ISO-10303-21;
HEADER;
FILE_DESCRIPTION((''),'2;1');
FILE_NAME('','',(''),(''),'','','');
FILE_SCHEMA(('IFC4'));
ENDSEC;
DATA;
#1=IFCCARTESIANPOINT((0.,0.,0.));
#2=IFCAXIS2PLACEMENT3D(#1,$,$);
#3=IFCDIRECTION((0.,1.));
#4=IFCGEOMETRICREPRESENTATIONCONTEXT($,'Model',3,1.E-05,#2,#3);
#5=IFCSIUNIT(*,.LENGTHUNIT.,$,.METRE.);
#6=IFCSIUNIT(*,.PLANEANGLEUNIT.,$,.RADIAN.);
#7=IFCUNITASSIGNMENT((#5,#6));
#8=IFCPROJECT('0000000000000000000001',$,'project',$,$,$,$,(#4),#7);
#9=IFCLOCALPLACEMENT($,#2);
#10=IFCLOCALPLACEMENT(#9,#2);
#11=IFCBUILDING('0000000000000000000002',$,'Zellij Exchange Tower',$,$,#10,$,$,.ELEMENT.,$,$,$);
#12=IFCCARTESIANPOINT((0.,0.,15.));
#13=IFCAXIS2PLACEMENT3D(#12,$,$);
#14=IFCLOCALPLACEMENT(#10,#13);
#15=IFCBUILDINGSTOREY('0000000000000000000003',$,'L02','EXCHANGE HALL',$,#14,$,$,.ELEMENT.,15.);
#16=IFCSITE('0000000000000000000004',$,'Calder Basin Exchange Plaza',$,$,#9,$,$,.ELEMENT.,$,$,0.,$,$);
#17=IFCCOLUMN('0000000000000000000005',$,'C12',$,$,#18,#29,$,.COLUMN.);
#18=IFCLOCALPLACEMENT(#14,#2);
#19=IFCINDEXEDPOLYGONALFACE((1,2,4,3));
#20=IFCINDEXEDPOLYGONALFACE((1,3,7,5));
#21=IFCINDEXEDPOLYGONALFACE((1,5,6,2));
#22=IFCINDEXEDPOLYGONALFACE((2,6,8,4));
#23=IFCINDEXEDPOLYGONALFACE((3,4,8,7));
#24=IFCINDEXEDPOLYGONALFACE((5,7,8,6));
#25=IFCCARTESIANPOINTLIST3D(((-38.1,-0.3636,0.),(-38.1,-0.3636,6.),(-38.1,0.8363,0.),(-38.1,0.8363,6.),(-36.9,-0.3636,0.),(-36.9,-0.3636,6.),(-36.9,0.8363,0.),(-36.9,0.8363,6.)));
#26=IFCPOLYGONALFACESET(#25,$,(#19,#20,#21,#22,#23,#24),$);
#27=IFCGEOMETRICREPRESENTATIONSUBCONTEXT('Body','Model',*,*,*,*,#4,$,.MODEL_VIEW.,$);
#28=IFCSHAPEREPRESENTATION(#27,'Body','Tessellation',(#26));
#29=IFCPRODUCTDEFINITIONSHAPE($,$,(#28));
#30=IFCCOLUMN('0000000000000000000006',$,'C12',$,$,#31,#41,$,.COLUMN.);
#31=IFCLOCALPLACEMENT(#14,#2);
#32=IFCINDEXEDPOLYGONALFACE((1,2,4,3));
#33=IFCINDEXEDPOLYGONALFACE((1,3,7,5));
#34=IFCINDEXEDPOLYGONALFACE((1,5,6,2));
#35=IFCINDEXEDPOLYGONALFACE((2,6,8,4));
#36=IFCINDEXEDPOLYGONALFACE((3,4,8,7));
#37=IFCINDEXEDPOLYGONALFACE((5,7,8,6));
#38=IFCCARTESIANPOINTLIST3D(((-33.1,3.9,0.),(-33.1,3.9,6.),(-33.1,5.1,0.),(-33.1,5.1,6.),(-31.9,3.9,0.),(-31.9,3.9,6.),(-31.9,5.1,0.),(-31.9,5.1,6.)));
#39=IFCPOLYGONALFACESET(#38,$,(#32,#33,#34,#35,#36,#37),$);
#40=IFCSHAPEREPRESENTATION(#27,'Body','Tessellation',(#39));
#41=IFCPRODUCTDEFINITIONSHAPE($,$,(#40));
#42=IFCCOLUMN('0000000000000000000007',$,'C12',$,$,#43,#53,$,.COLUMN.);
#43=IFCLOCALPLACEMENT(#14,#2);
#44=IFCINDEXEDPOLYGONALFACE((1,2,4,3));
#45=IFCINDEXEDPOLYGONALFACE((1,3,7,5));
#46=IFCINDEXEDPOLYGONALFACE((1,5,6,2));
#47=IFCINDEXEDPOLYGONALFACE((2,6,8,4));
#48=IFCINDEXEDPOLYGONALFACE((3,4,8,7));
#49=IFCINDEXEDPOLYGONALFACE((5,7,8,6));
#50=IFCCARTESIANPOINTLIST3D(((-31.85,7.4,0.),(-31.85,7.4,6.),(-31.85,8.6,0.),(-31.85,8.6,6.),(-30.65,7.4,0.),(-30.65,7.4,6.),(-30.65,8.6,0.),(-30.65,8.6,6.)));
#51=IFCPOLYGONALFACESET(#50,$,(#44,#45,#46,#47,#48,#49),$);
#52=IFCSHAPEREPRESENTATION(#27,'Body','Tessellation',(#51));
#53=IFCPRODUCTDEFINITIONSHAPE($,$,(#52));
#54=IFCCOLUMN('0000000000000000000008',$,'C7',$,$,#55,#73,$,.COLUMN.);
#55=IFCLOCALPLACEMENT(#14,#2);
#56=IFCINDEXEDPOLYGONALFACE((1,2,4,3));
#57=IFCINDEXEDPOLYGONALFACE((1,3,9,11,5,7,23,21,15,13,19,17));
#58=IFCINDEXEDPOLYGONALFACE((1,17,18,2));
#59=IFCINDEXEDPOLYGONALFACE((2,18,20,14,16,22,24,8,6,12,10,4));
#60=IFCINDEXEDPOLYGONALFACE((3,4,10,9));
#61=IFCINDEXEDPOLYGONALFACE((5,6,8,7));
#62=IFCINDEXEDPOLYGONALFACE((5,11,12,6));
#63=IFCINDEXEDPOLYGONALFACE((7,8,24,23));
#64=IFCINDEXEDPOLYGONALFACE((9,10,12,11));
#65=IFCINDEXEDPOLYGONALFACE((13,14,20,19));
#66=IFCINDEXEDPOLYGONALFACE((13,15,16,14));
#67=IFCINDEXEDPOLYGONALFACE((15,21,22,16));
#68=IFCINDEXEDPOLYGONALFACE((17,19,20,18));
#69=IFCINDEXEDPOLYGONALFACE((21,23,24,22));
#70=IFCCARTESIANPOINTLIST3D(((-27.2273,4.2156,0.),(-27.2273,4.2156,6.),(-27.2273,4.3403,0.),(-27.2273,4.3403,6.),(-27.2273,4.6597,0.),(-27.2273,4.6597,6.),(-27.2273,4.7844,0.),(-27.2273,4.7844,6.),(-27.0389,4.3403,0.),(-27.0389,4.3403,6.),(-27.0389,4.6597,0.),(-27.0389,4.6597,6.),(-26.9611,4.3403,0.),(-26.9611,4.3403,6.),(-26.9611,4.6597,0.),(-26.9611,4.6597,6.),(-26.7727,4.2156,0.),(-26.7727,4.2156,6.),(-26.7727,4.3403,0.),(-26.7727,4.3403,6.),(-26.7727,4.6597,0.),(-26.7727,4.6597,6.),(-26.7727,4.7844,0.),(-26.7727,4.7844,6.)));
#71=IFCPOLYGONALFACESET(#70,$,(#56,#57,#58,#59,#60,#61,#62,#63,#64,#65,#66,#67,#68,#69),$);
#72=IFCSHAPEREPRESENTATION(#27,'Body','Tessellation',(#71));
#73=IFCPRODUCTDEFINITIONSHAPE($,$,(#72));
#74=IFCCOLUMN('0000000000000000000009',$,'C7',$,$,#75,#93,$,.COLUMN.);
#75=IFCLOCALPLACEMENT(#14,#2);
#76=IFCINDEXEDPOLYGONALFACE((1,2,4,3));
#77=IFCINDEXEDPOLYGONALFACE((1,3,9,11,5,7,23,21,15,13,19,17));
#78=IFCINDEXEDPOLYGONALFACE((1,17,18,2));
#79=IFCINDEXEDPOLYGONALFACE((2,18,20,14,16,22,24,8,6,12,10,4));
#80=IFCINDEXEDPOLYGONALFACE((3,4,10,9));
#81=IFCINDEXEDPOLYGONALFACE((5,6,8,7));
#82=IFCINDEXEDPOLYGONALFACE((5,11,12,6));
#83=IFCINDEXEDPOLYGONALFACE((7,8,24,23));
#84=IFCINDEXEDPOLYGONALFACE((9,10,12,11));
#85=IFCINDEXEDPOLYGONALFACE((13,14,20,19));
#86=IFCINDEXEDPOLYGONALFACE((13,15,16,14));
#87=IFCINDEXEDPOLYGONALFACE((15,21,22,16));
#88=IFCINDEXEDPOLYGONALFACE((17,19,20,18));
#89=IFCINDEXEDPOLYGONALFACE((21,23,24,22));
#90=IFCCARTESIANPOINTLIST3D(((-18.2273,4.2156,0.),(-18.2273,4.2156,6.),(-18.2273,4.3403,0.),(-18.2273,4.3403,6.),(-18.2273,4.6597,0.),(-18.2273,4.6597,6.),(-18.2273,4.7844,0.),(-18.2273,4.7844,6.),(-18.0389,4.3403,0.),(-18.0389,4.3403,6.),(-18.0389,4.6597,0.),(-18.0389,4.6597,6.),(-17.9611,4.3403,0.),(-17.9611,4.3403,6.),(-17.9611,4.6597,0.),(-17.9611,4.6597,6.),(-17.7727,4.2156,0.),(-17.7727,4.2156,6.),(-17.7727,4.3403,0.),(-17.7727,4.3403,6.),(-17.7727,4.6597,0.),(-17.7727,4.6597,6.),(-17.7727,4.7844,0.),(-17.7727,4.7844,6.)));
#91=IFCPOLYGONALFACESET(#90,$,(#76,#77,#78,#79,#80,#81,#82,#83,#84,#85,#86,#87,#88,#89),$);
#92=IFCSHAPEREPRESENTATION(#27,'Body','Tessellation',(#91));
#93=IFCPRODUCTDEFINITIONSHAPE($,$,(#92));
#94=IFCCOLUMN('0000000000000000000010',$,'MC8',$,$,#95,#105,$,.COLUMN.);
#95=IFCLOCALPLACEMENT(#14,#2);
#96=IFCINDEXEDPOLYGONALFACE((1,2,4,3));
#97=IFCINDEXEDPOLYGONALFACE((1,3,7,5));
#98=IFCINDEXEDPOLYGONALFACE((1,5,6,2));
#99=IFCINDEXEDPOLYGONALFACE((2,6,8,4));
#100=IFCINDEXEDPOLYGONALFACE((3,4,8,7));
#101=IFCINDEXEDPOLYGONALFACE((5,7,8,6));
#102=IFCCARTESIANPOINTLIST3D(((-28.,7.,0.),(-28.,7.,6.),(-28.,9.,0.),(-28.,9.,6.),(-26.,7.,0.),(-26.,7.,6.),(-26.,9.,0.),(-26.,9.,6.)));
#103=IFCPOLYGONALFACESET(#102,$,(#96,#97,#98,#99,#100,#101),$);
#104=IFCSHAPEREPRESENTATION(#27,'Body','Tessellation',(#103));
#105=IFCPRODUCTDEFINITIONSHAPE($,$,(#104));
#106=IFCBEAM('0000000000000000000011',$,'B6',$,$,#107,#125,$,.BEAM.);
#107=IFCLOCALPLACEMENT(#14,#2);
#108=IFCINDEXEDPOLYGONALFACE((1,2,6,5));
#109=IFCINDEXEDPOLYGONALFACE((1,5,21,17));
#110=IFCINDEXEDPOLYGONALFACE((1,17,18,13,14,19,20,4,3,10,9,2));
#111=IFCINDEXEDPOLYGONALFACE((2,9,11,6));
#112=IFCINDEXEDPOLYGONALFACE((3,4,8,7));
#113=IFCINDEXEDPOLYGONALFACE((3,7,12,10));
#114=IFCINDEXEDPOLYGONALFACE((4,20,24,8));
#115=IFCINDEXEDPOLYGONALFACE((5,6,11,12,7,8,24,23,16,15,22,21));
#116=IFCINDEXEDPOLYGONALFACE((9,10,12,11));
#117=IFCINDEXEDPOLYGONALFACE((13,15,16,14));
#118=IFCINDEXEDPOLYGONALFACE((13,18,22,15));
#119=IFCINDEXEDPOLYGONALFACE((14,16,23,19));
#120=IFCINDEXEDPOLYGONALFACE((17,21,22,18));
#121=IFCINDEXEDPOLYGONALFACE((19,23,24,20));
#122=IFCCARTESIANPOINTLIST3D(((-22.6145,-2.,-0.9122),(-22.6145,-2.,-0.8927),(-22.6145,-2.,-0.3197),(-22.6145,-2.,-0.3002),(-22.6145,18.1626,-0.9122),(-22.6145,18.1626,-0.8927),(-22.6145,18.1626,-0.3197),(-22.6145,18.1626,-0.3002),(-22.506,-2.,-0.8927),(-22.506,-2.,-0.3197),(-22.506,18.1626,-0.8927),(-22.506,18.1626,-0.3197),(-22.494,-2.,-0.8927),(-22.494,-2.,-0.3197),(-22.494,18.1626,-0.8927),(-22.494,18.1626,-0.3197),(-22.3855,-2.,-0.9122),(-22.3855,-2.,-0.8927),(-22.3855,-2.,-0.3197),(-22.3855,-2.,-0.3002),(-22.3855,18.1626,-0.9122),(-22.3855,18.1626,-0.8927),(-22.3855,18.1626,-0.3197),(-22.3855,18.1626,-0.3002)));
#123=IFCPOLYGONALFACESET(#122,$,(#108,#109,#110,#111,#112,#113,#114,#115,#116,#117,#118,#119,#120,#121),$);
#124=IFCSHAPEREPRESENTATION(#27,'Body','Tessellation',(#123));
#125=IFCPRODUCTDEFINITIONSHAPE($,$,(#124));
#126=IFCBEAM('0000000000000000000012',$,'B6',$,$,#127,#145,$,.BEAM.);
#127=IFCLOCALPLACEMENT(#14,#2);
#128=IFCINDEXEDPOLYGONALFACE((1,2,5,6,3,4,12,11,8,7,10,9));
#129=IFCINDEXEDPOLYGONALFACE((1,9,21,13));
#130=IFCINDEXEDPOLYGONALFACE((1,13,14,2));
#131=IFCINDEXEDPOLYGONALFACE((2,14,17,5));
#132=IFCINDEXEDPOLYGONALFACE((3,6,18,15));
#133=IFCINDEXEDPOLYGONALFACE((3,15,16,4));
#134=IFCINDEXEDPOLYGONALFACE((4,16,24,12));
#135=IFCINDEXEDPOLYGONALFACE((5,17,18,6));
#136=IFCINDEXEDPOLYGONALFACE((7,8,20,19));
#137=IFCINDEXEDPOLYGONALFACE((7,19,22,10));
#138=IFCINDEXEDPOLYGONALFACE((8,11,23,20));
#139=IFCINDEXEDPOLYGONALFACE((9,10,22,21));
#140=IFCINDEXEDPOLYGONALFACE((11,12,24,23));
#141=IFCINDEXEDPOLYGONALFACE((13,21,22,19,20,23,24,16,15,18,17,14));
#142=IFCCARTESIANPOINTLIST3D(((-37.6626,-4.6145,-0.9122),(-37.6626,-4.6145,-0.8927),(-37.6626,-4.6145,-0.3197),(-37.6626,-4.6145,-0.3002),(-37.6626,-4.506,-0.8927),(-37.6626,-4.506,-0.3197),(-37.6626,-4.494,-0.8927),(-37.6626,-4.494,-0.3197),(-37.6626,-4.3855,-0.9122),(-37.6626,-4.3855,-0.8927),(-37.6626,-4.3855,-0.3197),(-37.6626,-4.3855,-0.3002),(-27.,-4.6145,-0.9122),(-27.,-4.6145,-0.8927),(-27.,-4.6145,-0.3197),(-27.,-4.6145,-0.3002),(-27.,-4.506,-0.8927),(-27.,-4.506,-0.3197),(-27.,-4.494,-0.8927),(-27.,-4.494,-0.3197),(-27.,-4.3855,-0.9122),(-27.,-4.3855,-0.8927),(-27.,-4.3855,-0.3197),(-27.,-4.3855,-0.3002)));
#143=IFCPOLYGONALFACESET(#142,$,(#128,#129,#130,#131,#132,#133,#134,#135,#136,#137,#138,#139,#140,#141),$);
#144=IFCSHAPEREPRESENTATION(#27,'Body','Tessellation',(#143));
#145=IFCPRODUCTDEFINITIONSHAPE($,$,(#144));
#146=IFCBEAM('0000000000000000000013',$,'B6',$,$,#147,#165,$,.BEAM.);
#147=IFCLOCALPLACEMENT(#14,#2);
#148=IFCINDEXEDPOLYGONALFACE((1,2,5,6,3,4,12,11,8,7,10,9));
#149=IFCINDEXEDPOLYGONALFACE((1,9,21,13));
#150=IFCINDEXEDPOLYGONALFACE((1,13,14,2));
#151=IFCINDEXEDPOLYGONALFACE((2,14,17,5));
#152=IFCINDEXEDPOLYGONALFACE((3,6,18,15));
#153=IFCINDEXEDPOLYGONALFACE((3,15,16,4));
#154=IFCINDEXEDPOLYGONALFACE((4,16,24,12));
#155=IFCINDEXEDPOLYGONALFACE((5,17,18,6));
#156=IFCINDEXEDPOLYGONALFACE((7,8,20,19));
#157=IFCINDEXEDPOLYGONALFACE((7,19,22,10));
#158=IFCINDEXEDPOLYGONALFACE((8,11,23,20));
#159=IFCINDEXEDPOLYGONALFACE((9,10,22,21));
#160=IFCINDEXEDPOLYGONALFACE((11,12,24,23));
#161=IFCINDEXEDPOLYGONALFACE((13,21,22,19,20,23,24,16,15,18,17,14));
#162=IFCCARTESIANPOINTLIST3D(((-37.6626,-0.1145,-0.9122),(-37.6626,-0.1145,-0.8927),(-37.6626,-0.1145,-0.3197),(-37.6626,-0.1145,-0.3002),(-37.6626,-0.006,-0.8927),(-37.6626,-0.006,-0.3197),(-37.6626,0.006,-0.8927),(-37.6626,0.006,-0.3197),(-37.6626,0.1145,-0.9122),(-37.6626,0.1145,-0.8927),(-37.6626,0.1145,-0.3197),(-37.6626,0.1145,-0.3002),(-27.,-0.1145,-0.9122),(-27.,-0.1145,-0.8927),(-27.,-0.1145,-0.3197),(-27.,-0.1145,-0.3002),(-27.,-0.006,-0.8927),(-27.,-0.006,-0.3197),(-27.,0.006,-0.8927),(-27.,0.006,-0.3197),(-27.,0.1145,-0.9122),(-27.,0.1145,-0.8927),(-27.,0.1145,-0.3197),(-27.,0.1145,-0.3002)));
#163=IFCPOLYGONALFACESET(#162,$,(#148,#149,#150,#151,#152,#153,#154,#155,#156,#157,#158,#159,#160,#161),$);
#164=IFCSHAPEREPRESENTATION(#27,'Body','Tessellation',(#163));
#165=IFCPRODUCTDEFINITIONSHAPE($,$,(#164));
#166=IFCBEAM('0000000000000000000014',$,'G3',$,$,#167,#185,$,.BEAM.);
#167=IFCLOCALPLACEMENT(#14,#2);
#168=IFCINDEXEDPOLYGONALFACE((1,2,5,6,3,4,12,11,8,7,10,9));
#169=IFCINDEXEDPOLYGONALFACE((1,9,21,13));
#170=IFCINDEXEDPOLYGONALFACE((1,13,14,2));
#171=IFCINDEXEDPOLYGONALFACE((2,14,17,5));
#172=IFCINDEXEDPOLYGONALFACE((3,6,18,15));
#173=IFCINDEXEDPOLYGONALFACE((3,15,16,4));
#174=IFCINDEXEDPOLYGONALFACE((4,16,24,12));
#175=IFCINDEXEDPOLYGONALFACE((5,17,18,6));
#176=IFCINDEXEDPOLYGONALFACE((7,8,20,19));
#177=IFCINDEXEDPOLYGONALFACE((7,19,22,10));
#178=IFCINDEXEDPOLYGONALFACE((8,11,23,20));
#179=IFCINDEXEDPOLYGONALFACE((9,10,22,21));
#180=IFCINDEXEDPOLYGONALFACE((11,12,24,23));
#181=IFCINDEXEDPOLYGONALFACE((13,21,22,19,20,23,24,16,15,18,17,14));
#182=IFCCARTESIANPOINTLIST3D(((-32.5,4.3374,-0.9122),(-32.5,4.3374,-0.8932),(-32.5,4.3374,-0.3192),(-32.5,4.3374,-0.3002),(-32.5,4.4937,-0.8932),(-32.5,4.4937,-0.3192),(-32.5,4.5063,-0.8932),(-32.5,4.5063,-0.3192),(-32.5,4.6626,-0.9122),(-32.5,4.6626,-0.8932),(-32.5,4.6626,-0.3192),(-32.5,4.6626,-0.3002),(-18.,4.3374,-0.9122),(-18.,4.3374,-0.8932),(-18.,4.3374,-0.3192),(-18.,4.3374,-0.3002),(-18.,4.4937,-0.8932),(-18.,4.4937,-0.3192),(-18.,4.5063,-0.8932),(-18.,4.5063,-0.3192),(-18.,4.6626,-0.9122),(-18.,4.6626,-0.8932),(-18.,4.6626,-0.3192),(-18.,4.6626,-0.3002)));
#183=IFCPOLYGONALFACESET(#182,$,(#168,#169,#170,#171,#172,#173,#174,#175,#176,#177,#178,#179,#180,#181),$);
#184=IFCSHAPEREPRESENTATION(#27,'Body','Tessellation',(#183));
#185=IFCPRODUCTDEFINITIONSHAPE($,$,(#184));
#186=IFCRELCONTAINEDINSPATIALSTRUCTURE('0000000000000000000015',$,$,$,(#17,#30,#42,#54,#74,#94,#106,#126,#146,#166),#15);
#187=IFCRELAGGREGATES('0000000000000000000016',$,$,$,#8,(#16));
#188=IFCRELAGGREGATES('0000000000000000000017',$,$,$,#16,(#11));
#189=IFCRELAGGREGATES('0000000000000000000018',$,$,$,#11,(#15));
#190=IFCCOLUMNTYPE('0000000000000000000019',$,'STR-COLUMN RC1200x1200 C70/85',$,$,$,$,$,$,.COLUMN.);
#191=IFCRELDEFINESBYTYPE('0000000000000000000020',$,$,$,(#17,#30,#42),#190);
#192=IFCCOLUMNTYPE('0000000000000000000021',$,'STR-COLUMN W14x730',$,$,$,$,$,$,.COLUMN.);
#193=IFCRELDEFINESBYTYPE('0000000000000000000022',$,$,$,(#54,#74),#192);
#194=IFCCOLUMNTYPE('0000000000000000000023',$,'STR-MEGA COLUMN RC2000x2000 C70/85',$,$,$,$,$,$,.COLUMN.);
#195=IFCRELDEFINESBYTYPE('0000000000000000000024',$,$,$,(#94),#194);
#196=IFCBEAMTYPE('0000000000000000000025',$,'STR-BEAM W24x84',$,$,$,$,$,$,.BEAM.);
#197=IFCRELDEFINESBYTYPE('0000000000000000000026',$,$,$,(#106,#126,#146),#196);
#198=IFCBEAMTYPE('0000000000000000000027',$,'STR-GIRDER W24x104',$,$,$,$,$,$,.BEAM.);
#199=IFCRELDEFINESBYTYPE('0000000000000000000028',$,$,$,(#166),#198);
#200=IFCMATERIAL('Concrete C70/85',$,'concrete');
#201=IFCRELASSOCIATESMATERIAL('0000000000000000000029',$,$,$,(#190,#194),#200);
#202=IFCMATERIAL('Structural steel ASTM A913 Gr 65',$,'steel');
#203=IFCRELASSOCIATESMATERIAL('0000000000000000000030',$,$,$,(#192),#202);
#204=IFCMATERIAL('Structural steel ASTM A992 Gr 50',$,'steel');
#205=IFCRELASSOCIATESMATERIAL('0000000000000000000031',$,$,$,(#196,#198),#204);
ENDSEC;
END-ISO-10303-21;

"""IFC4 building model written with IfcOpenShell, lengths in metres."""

from ifc_helpers import new_model, si_unit, direction, frame, origin, origin_2d, place, context, subcontext, project, spatial, rectangle, i_section, extrude, material, material_profile, profile_set, type_object, element, save


model = new_model("IFC4")

# Units and contexts
model_context = context("Model", 3, precision=1e-05, world=origin(), true_north=direction((0.0, 1.0)))
body_context = subcontext(model_context, "Body", "Model", "MODEL_VIEW")
ifc_project = project(units=[si_unit("LENGTHUNIT", "METRE"), si_unit("PLANEANGLEUNIT", "RADIAN")], contexts=[model_context])

# Site, building, storey
site_placement = place(None, origin())
site = spatial("IfcSite", under=ifc_project, at=site_placement, Name="Calder Basin Exchange Plaza", CompositionType="ELEMENT", RefElevation=0.0)
building_placement = place(site_placement, origin())
building = spatial("IfcBuilding", under=site, at=building_placement, Name="Zellij Exchange Tower", CompositionType="ELEMENT")
storey_placement = place(building_placement, frame((0.0, 0.0, 15.0)))
storey = spatial("IfcBuildingStorey", under=building, at=storey_placement, Name="L02", Description="EXCHANGE HALL", CompositionType="ELEMENT", Elevation=15.0)

# Columns
ifc_material_1 = material(Name="Concrete C70/85", Category="concrete")
ifc_material_profile_1 = material_profile(ifc_material_1, rectangle(XDim=1.2, YDim=1.2, at=origin_2d()), Name="STR-COLUMN RC1200x1200 C70/85")
ifc_profile_set_1 = profile_set([ifc_material_profile_1], Name="Concrete C70/85")
column_type_1 = type_object("IfcColumnType", Name="STR-COLUMN RC1200x1200 C70/85", PredefinedType="COLUMN", material=ifc_profile_set_1)
for number, where, z_axis, x_axis, name in (
    (1, (-37.5, 0.2363, 0.0), (0.0, 0.0, 1.0), (1.0, 0.0, 0.0), "C12"),
    (2, (-32.5, 4.5, 0.0), (0.0, 0.0, 1.0), (1.0, 0.0, 0.0), "C12"),
    (3, (-31.25, 8.0, 0.0), (0.0, 0.0, 1.0), (1.0, 0.0, 0.0), "C12"),
):
    element("IfcColumn", number, at=place(storey_placement, frame(where, z_axis=z_axis, x_axis=x_axis)), inside=storey, type_object=column_type_1, Name=name, PredefinedType="COLUMN", context=body_context, shape_type="SweptSolid", body=[
        extrude(rectangle(XDim=1.2, YDim=1.2, at=origin_2d()), origin(), (0.0, 0.0, 1.0), 6.0),
    ])
ifc_material_2 = material(Name="Structural steel ASTM A913 Gr 65", Category="steel")
ifc_material_profile_2 = material_profile(ifc_material_2, i_section(OverallWidth=0.4546, OverallDepth=0.5688, WebThickness=0.0779, FlangeThickness=0.1248, at=origin_2d()), Name="W14x730")
ifc_profile_set_2 = profile_set([ifc_material_profile_2], Name="Structural steel ASTM A913 Gr 65")
column_type_2 = type_object("IfcColumnType", Name="STR-COLUMN W14x730", PredefinedType="COLUMN", material=ifc_profile_set_2)
for number, where, z_axis, x_axis, name in (
    (4, (-27.0, 4.5, 0.0), (0.0, 0.0, 1.0), (1.0, 0.0, 0.0), "C7"),
    (5, (-18.0, 4.5, 0.0), (0.0, 0.0, 1.0), (1.0, 0.0, 0.0), "C7"),
):
    element("IfcColumn", number, at=place(storey_placement, frame(where, z_axis=z_axis, x_axis=x_axis)), inside=storey, type_object=column_type_2, Name=name, PredefinedType="COLUMN", context=body_context, shape_type="SweptSolid", body=[
        extrude(i_section(OverallWidth=0.4546, OverallDepth=0.5688, WebThickness=0.0779, FlangeThickness=0.1248, at=origin_2d()), origin(), (0.0, 0.0, 1.0), 6.0),
    ])
ifc_material_profile_3 = material_profile(ifc_material_1, rectangle(XDim=2.0, YDim=2.0, at=origin_2d()), Name="STR-MEGA COLUMN RC2000x2000 C70/85")
ifc_profile_set_3 = profile_set([ifc_material_profile_3], Name="Concrete C70/85")
column_type_3 = type_object("IfcColumnType", Name="STR-MEGA COLUMN RC2000x2000 C70/85", PredefinedType="COLUMN", material=ifc_profile_set_3)
column_placement = place(storey_placement, frame((-27.0, 8.0, 0.0), z_axis=(0.0, 0.0, 1.0), x_axis=(1.0, 0.0, 0.0)))
element("IfcColumn", 6, at=column_placement, inside=storey, type_object=column_type_3, Name="MC8", PredefinedType="COLUMN", context=body_context, shape_type="SweptSolid", body=[
    extrude(rectangle(XDim=2.0, YDim=2.0, at=origin_2d()), origin(), (0.0, 0.0, 1.0), 6.0),
])

# Beams
ifc_material_3 = material(Name="Structural steel ASTM A992 Gr 50", Category="steel")
ifc_material_profile_4 = material_profile(ifc_material_3, i_section(OverallWidth=0.229, OverallDepth=0.6121, WebThickness=0.012, FlangeThickness=0.0195, at=origin_2d()), Name="W24x84")
ifc_profile_set_4 = profile_set([ifc_material_profile_4], Name="Structural steel ASTM A992 Gr 50")
beam_type_1 = type_object("IfcBeamType", Name="STR-BEAM W24x84", PredefinedType="BEAM", material=ifc_profile_set_4)
beam_1_placement = place(storey_placement, frame((-22.5, -2.0, -0.6062), z_axis=(0.0, 1.0, 0.0), x_axis=(-1.0, 0.0, 0.0)))
element("IfcBeam", 7, at=beam_1_placement, inside=storey, type_object=beam_type_1, Name="B6", PredefinedType="BEAM", context=body_context, shape_type="SweptSolid", body=[
    extrude(i_section(OverallWidth=0.229, OverallDepth=0.6121, WebThickness=0.012, FlangeThickness=0.0195, at=origin_2d()), origin(), (0.0, 0.0, 1.0), 20.1626),
])
for number, where, z_axis, x_axis, name in (
    (8, (-37.6626, -4.5, -0.6062), (1.0, 0.0, 0.0), (0.0, 1.0, 0.0), "B6"),
    (9, (-37.6626, 0.0, -0.6062), (1.0, 0.0, 0.0), (0.0, 1.0, 0.0), "B6"),
):
    element("IfcBeam", number, at=place(storey_placement, frame(where, z_axis=z_axis, x_axis=x_axis)), inside=storey, type_object=beam_type_1, Name=name, PredefinedType="BEAM", context=body_context, shape_type="SweptSolid", body=[
        extrude(i_section(OverallWidth=0.229, OverallDepth=0.6121, WebThickness=0.012, FlangeThickness=0.0195, at=origin_2d()), origin(), (0.0, 0.0, 1.0), 10.6626),
    ])
ifc_material_profile_5 = material_profile(ifc_material_3, i_section(OverallWidth=0.3252, OverallDepth=0.6121, WebThickness=0.0127, FlangeThickness=0.019, at=origin_2d()), Name="W24x104")
ifc_profile_set_5 = profile_set([ifc_material_profile_5], Name="Structural steel ASTM A992 Gr 50")
beam_type_2 = type_object("IfcBeamType", Name="STR-GIRDER W24x104", PredefinedType="BEAM", material=ifc_profile_set_5)
beam_2_placement = place(storey_placement, frame((-32.5, 4.5, -0.6062), z_axis=(1.0, 0.0, 0.0), x_axis=(0.0, 1.0, 0.0)))
element("IfcBeam", 10, at=beam_2_placement, inside=storey, type_object=beam_type_2, Name="G3", PredefinedType="BEAM", context=body_context, shape_type="SweptSolid", body=[
    extrude(i_section(OverallWidth=0.3252, OverallDepth=0.6121, WebThickness=0.0127, FlangeThickness=0.019, at=origin_2d()), origin(), (0.0, 0.0, 1.0), 14.5),
])

save(model, "model.ifc")
